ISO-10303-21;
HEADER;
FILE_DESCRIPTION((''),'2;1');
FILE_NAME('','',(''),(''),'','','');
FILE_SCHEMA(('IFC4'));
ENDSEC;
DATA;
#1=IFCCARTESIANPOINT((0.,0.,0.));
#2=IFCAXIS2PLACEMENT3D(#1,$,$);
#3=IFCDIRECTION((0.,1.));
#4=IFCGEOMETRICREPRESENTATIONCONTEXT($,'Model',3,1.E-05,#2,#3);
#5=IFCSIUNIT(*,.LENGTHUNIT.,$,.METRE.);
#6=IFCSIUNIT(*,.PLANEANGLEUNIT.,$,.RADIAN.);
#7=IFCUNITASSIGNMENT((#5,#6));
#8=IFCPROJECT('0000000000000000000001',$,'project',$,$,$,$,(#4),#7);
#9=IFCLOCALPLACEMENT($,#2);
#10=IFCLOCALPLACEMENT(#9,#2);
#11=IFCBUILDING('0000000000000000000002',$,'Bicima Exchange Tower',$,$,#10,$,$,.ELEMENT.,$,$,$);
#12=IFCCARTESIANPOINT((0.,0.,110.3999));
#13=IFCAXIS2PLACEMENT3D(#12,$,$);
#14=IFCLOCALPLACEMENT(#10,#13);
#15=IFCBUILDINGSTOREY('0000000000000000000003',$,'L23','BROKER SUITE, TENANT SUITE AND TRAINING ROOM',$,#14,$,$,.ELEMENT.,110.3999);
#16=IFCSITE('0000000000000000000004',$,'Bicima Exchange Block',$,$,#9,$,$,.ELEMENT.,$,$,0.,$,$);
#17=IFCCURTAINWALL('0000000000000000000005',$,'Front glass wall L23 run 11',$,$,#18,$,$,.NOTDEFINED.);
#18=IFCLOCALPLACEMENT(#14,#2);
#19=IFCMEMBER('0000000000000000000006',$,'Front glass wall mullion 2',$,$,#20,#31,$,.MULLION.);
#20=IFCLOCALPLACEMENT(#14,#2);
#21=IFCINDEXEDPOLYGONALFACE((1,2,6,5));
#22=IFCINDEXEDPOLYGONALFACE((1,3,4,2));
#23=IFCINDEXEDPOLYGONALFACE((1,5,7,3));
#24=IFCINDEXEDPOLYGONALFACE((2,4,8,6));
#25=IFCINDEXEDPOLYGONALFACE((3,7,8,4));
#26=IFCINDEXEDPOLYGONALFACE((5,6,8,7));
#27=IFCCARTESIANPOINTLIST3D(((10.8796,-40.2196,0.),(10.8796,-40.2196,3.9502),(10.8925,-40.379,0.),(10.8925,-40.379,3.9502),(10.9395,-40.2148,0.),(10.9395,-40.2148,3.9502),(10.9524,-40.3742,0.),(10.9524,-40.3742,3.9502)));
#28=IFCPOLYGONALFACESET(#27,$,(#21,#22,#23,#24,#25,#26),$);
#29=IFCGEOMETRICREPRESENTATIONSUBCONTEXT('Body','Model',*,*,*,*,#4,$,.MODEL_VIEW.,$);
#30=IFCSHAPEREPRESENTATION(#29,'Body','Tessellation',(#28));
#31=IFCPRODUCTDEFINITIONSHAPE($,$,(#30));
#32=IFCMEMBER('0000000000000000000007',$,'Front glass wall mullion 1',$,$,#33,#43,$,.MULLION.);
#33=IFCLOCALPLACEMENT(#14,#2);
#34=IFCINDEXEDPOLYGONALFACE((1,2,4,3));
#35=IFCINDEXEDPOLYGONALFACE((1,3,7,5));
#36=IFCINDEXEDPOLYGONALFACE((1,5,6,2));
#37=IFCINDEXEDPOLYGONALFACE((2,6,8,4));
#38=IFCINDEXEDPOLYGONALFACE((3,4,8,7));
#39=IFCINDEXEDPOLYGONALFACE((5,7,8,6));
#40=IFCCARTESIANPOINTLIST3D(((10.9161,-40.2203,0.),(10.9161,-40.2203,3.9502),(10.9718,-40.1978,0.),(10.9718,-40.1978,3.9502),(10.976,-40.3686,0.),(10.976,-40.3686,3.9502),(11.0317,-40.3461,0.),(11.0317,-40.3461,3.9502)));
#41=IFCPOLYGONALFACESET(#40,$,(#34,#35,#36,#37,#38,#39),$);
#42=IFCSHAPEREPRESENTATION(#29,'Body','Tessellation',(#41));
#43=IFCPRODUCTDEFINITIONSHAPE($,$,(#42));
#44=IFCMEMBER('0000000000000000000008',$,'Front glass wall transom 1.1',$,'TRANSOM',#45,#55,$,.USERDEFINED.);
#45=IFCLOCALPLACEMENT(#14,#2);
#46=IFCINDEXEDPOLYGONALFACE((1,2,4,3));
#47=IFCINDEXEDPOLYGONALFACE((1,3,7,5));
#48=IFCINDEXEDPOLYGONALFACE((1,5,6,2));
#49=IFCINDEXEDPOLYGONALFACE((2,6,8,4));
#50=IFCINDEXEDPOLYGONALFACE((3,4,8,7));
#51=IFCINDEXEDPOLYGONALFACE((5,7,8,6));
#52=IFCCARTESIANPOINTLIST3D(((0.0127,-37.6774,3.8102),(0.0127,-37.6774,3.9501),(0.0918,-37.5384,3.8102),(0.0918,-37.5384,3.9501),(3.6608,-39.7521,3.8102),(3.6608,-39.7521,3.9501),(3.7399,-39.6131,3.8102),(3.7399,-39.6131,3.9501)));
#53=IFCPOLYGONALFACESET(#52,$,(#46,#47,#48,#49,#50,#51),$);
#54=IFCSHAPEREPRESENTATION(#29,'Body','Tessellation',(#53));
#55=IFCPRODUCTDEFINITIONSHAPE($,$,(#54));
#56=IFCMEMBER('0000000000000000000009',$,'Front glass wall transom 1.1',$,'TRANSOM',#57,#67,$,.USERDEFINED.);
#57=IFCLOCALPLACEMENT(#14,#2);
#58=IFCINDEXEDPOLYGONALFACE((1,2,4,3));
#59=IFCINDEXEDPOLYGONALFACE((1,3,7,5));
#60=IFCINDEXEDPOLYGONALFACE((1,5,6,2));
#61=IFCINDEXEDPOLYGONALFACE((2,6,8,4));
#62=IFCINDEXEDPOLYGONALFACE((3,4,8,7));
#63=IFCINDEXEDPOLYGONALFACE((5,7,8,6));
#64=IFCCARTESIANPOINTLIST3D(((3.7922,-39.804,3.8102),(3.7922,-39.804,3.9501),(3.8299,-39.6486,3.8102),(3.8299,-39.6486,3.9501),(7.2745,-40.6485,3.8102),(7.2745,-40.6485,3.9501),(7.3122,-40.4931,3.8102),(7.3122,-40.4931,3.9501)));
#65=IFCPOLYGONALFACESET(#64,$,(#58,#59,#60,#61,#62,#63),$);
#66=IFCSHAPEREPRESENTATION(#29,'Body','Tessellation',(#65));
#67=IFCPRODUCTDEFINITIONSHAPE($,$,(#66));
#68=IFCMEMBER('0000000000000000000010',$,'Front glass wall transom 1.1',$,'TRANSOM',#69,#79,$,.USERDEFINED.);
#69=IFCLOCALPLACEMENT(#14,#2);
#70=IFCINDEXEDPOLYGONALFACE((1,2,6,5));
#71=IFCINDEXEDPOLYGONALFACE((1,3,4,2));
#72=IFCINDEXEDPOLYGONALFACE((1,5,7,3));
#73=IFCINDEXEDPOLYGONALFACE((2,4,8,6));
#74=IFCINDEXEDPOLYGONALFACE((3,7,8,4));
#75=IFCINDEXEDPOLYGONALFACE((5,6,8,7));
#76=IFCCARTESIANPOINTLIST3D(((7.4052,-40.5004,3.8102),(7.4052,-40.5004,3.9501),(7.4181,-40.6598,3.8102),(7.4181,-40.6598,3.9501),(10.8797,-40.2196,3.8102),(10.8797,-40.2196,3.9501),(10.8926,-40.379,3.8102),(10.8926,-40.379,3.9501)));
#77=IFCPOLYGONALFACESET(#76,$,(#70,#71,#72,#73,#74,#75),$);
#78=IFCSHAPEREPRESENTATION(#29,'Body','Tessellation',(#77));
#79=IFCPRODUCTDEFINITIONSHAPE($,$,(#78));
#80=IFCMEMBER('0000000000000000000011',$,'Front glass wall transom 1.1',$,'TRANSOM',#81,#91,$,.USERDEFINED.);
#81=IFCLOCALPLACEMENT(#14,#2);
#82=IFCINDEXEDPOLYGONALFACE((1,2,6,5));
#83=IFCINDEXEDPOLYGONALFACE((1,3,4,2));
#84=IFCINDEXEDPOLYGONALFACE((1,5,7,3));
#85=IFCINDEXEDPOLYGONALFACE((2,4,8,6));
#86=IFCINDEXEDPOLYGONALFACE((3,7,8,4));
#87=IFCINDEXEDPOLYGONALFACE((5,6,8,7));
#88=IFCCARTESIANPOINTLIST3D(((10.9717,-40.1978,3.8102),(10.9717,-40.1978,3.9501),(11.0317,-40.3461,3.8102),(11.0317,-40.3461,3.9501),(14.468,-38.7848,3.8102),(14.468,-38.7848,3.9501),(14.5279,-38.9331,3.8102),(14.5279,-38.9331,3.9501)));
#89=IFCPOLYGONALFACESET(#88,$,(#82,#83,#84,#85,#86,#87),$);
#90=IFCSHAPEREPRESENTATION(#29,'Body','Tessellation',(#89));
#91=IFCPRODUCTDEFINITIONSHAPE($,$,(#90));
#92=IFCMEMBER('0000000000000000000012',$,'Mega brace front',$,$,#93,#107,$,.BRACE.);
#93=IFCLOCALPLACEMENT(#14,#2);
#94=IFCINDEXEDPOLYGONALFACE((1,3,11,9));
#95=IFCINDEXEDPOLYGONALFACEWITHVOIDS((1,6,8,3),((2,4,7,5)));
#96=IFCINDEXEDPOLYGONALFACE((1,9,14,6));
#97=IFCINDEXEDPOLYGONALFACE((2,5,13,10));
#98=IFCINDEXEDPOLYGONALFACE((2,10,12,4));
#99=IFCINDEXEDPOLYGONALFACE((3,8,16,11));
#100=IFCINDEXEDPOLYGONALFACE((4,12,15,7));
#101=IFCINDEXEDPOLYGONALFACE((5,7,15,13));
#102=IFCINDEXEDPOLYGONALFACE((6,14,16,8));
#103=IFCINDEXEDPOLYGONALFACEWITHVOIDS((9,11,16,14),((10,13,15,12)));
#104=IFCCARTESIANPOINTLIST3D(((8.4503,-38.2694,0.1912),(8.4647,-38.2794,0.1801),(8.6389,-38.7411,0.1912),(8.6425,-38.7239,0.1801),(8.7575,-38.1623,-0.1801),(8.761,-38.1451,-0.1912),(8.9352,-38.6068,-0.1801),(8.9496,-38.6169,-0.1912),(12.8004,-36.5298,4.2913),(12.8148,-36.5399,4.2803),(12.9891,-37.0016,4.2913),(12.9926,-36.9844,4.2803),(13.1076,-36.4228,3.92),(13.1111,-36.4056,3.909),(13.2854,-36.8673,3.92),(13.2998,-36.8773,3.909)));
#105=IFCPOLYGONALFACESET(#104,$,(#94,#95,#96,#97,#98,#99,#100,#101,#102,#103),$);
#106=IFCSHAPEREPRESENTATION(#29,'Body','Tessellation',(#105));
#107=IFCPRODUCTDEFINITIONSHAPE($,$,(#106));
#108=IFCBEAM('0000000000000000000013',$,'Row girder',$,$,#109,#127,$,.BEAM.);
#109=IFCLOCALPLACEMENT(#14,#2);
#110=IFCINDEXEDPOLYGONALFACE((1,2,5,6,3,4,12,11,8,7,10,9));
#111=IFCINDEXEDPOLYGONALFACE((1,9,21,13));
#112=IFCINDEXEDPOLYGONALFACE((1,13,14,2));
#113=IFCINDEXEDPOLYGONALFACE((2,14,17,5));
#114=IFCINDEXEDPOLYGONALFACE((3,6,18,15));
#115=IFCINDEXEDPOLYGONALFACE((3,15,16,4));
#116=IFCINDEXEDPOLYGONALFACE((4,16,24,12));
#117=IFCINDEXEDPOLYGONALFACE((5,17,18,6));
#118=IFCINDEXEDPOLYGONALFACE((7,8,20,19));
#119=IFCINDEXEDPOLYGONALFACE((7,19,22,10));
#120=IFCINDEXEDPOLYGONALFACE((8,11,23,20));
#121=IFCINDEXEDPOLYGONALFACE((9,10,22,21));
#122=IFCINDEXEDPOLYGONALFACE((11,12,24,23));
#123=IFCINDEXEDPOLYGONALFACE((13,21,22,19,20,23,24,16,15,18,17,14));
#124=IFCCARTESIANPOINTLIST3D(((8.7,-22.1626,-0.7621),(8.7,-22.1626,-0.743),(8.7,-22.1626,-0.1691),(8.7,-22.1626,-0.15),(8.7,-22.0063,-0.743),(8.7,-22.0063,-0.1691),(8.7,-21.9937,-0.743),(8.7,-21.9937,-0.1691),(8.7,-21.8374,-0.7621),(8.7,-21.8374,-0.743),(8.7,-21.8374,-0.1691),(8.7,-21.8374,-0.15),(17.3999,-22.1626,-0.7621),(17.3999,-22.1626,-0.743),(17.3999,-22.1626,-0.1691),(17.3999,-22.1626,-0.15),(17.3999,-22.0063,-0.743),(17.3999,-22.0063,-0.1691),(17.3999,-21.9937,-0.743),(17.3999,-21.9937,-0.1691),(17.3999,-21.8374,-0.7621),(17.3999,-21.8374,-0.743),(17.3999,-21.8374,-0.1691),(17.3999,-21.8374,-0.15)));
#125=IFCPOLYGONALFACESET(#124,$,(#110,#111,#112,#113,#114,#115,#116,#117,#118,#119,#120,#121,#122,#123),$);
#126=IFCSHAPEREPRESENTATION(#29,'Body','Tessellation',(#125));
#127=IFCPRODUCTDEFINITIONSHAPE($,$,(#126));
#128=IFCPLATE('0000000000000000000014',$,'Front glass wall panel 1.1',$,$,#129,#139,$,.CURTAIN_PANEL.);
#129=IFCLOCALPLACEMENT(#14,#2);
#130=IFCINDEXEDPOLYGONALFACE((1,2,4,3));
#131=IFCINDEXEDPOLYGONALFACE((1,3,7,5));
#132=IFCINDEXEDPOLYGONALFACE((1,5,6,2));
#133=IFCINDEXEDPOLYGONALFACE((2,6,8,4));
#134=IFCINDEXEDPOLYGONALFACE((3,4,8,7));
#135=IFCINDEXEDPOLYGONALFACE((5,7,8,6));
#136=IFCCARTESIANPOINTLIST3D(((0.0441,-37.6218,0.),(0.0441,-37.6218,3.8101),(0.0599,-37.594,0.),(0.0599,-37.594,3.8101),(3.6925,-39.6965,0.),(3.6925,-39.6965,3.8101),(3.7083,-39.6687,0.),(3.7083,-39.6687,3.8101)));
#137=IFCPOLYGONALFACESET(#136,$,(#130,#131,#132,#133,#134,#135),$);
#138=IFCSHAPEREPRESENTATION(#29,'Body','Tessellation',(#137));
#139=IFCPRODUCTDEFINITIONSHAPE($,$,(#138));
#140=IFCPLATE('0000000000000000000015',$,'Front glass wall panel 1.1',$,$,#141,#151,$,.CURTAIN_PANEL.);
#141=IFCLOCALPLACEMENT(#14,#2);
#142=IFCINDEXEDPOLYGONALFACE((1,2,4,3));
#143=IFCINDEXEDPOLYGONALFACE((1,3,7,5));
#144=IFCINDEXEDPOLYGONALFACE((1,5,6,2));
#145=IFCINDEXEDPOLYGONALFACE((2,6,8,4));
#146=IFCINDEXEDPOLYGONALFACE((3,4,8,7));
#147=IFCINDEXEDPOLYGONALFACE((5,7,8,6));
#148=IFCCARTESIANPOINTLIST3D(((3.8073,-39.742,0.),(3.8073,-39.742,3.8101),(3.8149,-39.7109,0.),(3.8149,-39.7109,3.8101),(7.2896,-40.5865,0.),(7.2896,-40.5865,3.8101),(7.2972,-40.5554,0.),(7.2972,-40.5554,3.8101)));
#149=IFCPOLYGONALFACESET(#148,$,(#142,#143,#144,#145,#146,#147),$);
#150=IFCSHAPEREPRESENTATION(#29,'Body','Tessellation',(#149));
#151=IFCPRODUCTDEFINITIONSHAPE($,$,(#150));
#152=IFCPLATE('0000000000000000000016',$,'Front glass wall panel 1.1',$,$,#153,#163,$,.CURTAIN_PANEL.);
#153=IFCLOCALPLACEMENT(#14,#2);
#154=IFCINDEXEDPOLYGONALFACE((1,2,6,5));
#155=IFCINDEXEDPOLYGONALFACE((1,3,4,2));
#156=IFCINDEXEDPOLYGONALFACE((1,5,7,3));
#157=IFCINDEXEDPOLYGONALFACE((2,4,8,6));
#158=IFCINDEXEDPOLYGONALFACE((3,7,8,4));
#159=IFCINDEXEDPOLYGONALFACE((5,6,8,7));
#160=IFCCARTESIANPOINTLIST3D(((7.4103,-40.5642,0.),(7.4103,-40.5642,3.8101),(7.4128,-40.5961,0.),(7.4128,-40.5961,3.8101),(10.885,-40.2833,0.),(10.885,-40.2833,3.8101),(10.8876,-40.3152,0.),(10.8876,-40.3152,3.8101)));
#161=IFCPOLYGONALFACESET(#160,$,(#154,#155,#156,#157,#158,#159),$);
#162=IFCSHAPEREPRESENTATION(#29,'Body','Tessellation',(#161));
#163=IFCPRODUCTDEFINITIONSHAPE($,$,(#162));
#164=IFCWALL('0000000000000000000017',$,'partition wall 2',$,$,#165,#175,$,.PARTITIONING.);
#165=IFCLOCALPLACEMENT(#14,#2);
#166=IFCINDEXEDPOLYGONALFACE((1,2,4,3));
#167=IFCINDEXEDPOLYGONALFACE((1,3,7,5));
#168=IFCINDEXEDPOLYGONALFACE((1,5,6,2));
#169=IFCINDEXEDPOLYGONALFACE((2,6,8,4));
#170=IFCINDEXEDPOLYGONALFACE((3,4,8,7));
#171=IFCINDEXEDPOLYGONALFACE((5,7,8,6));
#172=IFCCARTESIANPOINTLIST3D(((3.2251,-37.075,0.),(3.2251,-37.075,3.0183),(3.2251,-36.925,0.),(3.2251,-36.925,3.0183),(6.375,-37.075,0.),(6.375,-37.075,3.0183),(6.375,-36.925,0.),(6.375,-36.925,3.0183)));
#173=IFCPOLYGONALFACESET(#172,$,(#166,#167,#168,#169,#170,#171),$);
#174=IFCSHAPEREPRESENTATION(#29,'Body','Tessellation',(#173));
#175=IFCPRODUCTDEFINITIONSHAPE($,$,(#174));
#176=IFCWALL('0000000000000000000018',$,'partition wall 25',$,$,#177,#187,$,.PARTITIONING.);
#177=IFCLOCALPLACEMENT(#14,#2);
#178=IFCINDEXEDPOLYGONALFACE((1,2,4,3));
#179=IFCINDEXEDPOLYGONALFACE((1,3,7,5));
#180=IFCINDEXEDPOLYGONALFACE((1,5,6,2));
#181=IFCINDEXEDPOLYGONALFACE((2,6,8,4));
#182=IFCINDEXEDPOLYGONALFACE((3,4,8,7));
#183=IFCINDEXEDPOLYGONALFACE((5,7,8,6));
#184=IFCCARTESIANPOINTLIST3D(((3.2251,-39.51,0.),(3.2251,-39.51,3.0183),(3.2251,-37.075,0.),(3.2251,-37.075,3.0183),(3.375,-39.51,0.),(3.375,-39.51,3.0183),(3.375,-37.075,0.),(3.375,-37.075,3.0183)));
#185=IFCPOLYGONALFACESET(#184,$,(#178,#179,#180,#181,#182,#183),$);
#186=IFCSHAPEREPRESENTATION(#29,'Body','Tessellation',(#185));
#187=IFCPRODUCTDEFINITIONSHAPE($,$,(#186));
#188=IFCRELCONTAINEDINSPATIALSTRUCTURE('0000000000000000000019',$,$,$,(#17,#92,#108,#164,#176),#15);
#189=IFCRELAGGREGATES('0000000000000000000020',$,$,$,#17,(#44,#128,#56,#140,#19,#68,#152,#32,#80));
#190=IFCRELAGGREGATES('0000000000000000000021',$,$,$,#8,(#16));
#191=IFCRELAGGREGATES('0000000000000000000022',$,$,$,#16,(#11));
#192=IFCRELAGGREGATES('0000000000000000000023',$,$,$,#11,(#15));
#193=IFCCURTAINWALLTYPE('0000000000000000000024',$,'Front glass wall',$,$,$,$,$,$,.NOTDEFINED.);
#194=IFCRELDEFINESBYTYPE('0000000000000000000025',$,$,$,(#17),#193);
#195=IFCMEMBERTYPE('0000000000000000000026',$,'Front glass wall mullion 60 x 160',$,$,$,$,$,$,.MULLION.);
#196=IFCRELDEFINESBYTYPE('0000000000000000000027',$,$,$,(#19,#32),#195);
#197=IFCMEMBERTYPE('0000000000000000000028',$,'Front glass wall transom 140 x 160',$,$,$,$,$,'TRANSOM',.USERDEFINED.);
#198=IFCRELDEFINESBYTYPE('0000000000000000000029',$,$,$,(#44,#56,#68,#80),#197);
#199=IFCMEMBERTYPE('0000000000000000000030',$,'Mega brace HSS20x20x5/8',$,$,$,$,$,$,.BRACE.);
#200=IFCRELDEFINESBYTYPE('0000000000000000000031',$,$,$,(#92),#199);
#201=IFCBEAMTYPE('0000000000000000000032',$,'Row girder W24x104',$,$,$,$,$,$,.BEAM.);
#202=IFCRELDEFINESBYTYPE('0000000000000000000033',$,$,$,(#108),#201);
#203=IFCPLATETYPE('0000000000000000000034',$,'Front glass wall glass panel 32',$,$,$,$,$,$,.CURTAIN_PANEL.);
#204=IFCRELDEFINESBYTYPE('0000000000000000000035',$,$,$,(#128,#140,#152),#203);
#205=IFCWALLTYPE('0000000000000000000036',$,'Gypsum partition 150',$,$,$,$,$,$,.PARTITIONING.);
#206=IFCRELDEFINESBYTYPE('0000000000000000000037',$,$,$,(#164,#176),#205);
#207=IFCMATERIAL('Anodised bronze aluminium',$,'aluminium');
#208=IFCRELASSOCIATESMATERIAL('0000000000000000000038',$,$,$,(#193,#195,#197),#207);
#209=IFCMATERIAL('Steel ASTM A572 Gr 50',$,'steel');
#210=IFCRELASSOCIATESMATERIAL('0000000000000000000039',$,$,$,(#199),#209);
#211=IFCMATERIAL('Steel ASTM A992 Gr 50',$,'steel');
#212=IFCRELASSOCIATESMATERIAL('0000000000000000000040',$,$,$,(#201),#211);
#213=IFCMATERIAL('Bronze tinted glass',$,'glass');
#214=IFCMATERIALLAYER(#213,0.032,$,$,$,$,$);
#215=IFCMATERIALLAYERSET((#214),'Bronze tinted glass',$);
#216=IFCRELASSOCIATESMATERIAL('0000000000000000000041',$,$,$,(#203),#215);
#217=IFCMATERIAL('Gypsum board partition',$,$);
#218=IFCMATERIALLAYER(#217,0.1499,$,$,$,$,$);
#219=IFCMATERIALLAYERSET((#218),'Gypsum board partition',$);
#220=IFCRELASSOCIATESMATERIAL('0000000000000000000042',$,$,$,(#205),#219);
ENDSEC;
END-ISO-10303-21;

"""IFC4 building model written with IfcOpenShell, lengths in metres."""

from ifc_helpers import new_model, si_unit, direction, frame, frame_2d, origin, origin_2d, place, context, subcontext, project, spatial, rectangle, hollow_rectangle, i_section, extrude, material, layer, layer_set, material_profile, profile_set, type_object, element, aggregate, save


model = new_model("IFC4")

# Units and contexts
model_context = context("Model", 3, precision=1e-05, world=origin(), true_north=direction((0.0, 1.0)))
body_context = subcontext(model_context, "Body", "Model", "MODEL_VIEW")
ifc_project = project(units=[si_unit("LENGTHUNIT", "METRE"), si_unit("PLANEANGLEUNIT", "RADIAN")], contexts=[model_context])

# Site, building, storey
site_placement = place(None, origin())
site = spatial("IfcSite", under=ifc_project, at=site_placement, Name="Bicima Exchange Block", CompositionType="ELEMENT", RefElevation=0.0)
building_placement = place(site_placement, origin())
building = spatial("IfcBuilding", under=site, at=building_placement, Name="Bicima Exchange Tower", CompositionType="ELEMENT")
storey_placement = place(building_placement, frame((0.0, 0.0, 110.3999)))
storey = spatial("IfcBuildingStorey", under=building, at=storey_placement, Name="L23", Description="BROKER SUITE, TENANT SUITE AND TRAINING ROOM", CompositionType="ELEMENT", Elevation=110.3999)

# Shared definitions
ifc_material_1 = material(Name="Steel ASTM A992 Gr 50", Category="steel")

# Curtain wall, members
ifc_material_2 = material(Name="Anodised bronze aluminium", Category="aluminium")
curtain_wall_type = type_object("IfcCurtainWallType", Name="Front glass wall", PredefinedType="NOTDEFINED", material=ifc_material_2)
curtain_wall_placement = place(storey_placement, origin())
curtain_wall = element("IfcCurtainWall", 1, at=curtain_wall_placement, inside=storey, type_object=curtain_wall_type, Name="Front glass wall L23 run 11", PredefinedType="NOTDEFINED")
ifc_material_profile_1 = material_profile(ifc_material_2, rectangle(XDim=0.1599, YDim=0.0601, at=origin_2d()))
ifc_profile_set_1 = profile_set([ifc_material_profile_1], Name="Anodised bronze aluminium")
member_type_1 = type_object("IfcMemberType", Name="Front glass wall mullion 60 x 160", PredefinedType="MULLION", material=ifc_profile_set_1)
member_1_placement = place(storey_placement, frame((10.916, -40.2969, 0.0), z_axis=(0.0, 0.0, 1.0), x_axis=(-0.080589, 0.996747, 0.0)))
member_1 = element("IfcMember", 2, at=member_1_placement, type_object=member_type_1, Name="Front glass wall mullion 2", PredefinedType="MULLION", context=body_context, shape_type="SweptSolid", body=[
    extrude(rectangle(XDim=0.1599, YDim=0.0601, at=origin_2d()), origin(), (0.0, 0.0, 1.0), 3.9502),
])
member_2_placement = place(storey_placement, frame((10.9739, -40.2832, 0.0), z_axis=(0.0, 0.0, 1.0), x_axis=(-0.374705, 0.927144, 0.0)))
member_2 = element("IfcMember", 3, at=member_2_placement, type_object=member_type_1, Name="Front glass wall mullion 1", PredefinedType="MULLION", context=body_context, shape_type="SweptSolid", body=[
    extrude(rectangle(XDim=0.1599, YDim=0.0601, at=origin_2d()), origin(), (0.0, 0.0, 1.0), 3.9502),
])
ifc_material_profile_2 = material_profile(ifc_material_2, rectangle(XDim=0.1599, YDim=0.1399, at=origin_2d()))
ifc_profile_set_2 = profile_set([ifc_material_profile_2], Name="Anodised bronze aluminium")
member_type_2 = type_object("IfcMemberType", Name="Front glass wall transom 140 x 160", ElementType="TRANSOM", PredefinedType="USERDEFINED", material=ifc_profile_set_2)
member_3_placement = place(storey_placement, frame((0.0522, -37.6079, 3.8801), z_axis=(0.869265, -0.494346, 0.0), x_axis=(0.494346, 0.869265, 0.0)))
member_3 = element("IfcMember", 4, at=member_3_placement, type_object=member_type_2, Name="Front glass wall transom 1.1", ObjectType="TRANSOM", PredefinedType="USERDEFINED", context=body_context, shape_type="SweptSolid", body=[
    extrude(rectangle(XDim=0.1599, YDim=0.1399, at=origin_2d()), origin(), (0.0, 0.0, 1.0), 4.1968),
])
member_4_placement = place(storey_placement, frame((3.811, -39.7263, 3.8801), z_axis=(0.971834, -0.235668, 0.0), x_axis=(0.235668, 0.971834, 0.0)))
member_4 = element("IfcMember", 5, at=member_4_placement, type_object=member_type_2, Name="Front glass wall transom 1.1", ObjectType="TRANSOM", PredefinedType="USERDEFINED", context=body_context, shape_type="SweptSolid", body=[
    extrude(rectangle(XDim=0.1599, YDim=0.1399, at=origin_2d()), origin(), (0.0, 0.0, 1.0), 3.5833),
])
member_5_placement = place(storey_placement, frame((7.4116, -40.5801, 3.8801), z_axis=(0.996751, 0.080541, 0.0), x_axis=(-0.080541, 0.996751, 0.0)))
member_5 = element("IfcMember", 6, at=member_5_placement, type_object=member_type_2, Name="Front glass wall transom 1.1", ObjectType="TRANSOM", PredefinedType="USERDEFINED", context=body_context, shape_type="SweptSolid", body=[
    extrude(rectangle(XDim=0.1599, YDim=0.1399, at=origin_2d()), origin(), (0.0, 0.0, 1.0), 3.4858),
])
member_6_placement = place(storey_placement, frame((11.0017, -40.272, 3.8801), z_axis=(0.92714, 0.374715, 0.0), x_axis=(-0.374715, 0.92714, 0.0)))
member_6 = element("IfcMember", 7, at=member_6_placement, type_object=member_type_2, Name="Front glass wall transom 1.1", ObjectType="TRANSOM", PredefinedType="USERDEFINED", context=body_context, shape_type="SweptSolid", body=[
    extrude(rectangle(XDim=0.1599, YDim=0.1399, at=origin_2d()), origin(), (0.0, 0.0, 1.0), 3.771),
])

# Member
ifc_material_3 = material(Name="Steel ASTM A572 Gr 50", Category="steel")
ifc_material_profile_3 = material_profile(ifc_material_3, hollow_rectangle(XDim=0.5081, YDim=0.5081, WallThickness=0.0146, at=origin_2d()))
ifc_profile_set_3 = profile_set([ifc_material_profile_3], Name="Steel ASTM A572 Gr 50")
member_type_3 = type_object("IfcMemberType", Name="Mega brace HSS20x20x5/8", PredefinedType="BRACE", material=ifc_profile_set_3)
member_7_placement = place(storey_placement, frame((8.7, -38.4431, 0.0), z_axis=(0.698726, 0.279404, 0.65857), x_axis=(-0.371292, 0.928516, 0.0)))
element("IfcMember", 8, at=member_7_placement, inside=storey, type_object=member_type_3, Name="Mega brace front", PredefinedType="BRACE", context=body_context, shape_type="SweptSolid", body=[
    extrude(hollow_rectangle(XDim=0.5081, YDim=0.5081, WallThickness=0.0146, at=origin_2d()), origin(), (0.0, 0.0, 1.0), 6.2258),
])

# Beam
ifc_material_profile_4 = material_profile(ifc_material_1, i_section(OverallWidth=0.3252, OverallDepth=0.6121, WebThickness=0.0127, FlangeThickness=0.019, at=origin_2d()))
ifc_profile_set_4 = profile_set([ifc_material_profile_4], Name="Steel ASTM A992 Gr 50")
beam_type_1 = type_object("IfcBeamType", Name="Row girder W24x104", PredefinedType="BEAM", material=ifc_profile_set_4)
beam_1_placement = place(storey_placement, frame((8.7, -22.0, -0.4561), z_axis=(1.0, 0.0, 0.0), x_axis=(0.0, 1.0, 0.0)))
element("IfcBeam", 9, at=beam_1_placement, inside=storey, type_object=beam_type_1, Name="Row girder", PredefinedType="BEAM", context=body_context, shape_type="SweptSolid", body=[
    extrude(i_section(OverallWidth=0.3252, OverallDepth=0.6121, WebThickness=0.0127, FlangeThickness=0.019, at=origin_2d()), origin(), (0.0, 0.0, 1.0), 8.7),
])

# Plates
ifc_material_4 = material(Name="Bronze tinted glass", Category="glass")
ifc_layer_1 = layer(ifc_material_4, 0.032)
ifc_layer_set_1 = layer_set([ifc_layer_1], Name="Bronze tinted glass")
plate_type = type_object("IfcPlateType", Name="Front glass wall glass panel 32", PredefinedType="CURTAIN_PANEL", material=ifc_layer_set_1)
plate_1_placement = place(storey_placement, frame((1.8762, -38.6453, 0.0), z_axis=(0.0, 0.0, 1.0), x_axis=(0.869274, -0.49433, 0.0)))
plate_1 = element("IfcPlate", 10, at=plate_1_placement, type_object=plate_type, Name="Front glass wall panel 1.1", PredefinedType="CURTAIN_PANEL", context=body_context, shape_type="SweptSolid", body=[
    extrude(rectangle(XDim=4.197, YDim=0.032, at=origin_2d()), origin(), (0.0, 0.0, 1.0), 3.8101),
])
plate_2_placement = place(storey_placement, frame((5.5522, -40.1487, 0.0), z_axis=(0.0, 0.0, 1.0), x_axis=(0.97183, -0.235682, 0.0)))
plate_2 = element("IfcPlate", 11, at=plate_2_placement, type_object=plate_type, Name="Front glass wall panel 1.1", PredefinedType="CURTAIN_PANEL", context=body_context, shape_type="SweptSolid", body=[
    extrude(rectangle(XDim=3.5833, YDim=0.032, at=origin_2d()), origin(), (0.0, 0.0, 1.0), 3.8101),
])
plate_3_placement = place(storey_placement, frame((9.1489, -40.4397, 0.0), z_axis=(0.0, 0.0, 1.0), x_axis=(0.996747, 0.080589, 0.0)))
plate_3 = element("IfcPlate", 12, at=plate_3_placement, type_object=plate_type, Name="Front glass wall panel 1.1", PredefinedType="CURTAIN_PANEL", context=body_context, shape_type="SweptSolid", body=[
    extrude(rectangle(XDim=3.4861, YDim=0.032, at=origin_2d()), origin(), (0.0, 0.0, 1.0), 3.8101),
])
aggregate(curtain_wall, [member_3, plate_1, member_4, plate_2, member_1, member_5, plate_3, member_2, member_6])

# Walls
ifc_material_5 = material(Name="Gypsum board partition")
ifc_layer_2 = layer(ifc_material_5, 0.1499)
ifc_layer_set_2 = layer_set([ifc_layer_2], Name="Gypsum board partition")
wall_type = type_object("IfcWallType", Name="Gypsum partition 150", PredefinedType="PARTITIONING", material=ifc_layer_set_2)
wall_1_placement = place(storey_placement, frame((3.2251, -37.0, 0.0), z_axis=(0.0, 0.0, 1.0), x_axis=(1.0, 0.0, 0.0)))
element("IfcWall", 13, at=wall_1_placement, inside=storey, type_object=wall_type, Name="partition wall 2", PredefinedType="PARTITIONING", context=body_context, shape_type="SweptSolid", body=[
    extrude(rectangle(XDim=3.1499, YDim=0.1499, at=frame_2d((1.575, 0.0))), origin(), (0.0, 0.0, 1.0), 3.0183),
])
wall_2_placement = place(storey_placement, frame((3.3, -39.51, 0.0), z_axis=(0.0, 0.0, 1.0), x_axis=(0.0, 1.0, 0.0)))
element("IfcWall", 14, at=wall_2_placement, inside=storey, type_object=wall_type, Name="partition wall 25", PredefinedType="PARTITIONING", context=body_context, shape_type="SweptSolid", body=[
    extrude(rectangle(XDim=2.4351, YDim=0.1499, at=frame_2d((1.2175, 0.0))), origin(), (0.0, 0.0, 1.0), 3.0183),
])

save(model, "model.ifc")
